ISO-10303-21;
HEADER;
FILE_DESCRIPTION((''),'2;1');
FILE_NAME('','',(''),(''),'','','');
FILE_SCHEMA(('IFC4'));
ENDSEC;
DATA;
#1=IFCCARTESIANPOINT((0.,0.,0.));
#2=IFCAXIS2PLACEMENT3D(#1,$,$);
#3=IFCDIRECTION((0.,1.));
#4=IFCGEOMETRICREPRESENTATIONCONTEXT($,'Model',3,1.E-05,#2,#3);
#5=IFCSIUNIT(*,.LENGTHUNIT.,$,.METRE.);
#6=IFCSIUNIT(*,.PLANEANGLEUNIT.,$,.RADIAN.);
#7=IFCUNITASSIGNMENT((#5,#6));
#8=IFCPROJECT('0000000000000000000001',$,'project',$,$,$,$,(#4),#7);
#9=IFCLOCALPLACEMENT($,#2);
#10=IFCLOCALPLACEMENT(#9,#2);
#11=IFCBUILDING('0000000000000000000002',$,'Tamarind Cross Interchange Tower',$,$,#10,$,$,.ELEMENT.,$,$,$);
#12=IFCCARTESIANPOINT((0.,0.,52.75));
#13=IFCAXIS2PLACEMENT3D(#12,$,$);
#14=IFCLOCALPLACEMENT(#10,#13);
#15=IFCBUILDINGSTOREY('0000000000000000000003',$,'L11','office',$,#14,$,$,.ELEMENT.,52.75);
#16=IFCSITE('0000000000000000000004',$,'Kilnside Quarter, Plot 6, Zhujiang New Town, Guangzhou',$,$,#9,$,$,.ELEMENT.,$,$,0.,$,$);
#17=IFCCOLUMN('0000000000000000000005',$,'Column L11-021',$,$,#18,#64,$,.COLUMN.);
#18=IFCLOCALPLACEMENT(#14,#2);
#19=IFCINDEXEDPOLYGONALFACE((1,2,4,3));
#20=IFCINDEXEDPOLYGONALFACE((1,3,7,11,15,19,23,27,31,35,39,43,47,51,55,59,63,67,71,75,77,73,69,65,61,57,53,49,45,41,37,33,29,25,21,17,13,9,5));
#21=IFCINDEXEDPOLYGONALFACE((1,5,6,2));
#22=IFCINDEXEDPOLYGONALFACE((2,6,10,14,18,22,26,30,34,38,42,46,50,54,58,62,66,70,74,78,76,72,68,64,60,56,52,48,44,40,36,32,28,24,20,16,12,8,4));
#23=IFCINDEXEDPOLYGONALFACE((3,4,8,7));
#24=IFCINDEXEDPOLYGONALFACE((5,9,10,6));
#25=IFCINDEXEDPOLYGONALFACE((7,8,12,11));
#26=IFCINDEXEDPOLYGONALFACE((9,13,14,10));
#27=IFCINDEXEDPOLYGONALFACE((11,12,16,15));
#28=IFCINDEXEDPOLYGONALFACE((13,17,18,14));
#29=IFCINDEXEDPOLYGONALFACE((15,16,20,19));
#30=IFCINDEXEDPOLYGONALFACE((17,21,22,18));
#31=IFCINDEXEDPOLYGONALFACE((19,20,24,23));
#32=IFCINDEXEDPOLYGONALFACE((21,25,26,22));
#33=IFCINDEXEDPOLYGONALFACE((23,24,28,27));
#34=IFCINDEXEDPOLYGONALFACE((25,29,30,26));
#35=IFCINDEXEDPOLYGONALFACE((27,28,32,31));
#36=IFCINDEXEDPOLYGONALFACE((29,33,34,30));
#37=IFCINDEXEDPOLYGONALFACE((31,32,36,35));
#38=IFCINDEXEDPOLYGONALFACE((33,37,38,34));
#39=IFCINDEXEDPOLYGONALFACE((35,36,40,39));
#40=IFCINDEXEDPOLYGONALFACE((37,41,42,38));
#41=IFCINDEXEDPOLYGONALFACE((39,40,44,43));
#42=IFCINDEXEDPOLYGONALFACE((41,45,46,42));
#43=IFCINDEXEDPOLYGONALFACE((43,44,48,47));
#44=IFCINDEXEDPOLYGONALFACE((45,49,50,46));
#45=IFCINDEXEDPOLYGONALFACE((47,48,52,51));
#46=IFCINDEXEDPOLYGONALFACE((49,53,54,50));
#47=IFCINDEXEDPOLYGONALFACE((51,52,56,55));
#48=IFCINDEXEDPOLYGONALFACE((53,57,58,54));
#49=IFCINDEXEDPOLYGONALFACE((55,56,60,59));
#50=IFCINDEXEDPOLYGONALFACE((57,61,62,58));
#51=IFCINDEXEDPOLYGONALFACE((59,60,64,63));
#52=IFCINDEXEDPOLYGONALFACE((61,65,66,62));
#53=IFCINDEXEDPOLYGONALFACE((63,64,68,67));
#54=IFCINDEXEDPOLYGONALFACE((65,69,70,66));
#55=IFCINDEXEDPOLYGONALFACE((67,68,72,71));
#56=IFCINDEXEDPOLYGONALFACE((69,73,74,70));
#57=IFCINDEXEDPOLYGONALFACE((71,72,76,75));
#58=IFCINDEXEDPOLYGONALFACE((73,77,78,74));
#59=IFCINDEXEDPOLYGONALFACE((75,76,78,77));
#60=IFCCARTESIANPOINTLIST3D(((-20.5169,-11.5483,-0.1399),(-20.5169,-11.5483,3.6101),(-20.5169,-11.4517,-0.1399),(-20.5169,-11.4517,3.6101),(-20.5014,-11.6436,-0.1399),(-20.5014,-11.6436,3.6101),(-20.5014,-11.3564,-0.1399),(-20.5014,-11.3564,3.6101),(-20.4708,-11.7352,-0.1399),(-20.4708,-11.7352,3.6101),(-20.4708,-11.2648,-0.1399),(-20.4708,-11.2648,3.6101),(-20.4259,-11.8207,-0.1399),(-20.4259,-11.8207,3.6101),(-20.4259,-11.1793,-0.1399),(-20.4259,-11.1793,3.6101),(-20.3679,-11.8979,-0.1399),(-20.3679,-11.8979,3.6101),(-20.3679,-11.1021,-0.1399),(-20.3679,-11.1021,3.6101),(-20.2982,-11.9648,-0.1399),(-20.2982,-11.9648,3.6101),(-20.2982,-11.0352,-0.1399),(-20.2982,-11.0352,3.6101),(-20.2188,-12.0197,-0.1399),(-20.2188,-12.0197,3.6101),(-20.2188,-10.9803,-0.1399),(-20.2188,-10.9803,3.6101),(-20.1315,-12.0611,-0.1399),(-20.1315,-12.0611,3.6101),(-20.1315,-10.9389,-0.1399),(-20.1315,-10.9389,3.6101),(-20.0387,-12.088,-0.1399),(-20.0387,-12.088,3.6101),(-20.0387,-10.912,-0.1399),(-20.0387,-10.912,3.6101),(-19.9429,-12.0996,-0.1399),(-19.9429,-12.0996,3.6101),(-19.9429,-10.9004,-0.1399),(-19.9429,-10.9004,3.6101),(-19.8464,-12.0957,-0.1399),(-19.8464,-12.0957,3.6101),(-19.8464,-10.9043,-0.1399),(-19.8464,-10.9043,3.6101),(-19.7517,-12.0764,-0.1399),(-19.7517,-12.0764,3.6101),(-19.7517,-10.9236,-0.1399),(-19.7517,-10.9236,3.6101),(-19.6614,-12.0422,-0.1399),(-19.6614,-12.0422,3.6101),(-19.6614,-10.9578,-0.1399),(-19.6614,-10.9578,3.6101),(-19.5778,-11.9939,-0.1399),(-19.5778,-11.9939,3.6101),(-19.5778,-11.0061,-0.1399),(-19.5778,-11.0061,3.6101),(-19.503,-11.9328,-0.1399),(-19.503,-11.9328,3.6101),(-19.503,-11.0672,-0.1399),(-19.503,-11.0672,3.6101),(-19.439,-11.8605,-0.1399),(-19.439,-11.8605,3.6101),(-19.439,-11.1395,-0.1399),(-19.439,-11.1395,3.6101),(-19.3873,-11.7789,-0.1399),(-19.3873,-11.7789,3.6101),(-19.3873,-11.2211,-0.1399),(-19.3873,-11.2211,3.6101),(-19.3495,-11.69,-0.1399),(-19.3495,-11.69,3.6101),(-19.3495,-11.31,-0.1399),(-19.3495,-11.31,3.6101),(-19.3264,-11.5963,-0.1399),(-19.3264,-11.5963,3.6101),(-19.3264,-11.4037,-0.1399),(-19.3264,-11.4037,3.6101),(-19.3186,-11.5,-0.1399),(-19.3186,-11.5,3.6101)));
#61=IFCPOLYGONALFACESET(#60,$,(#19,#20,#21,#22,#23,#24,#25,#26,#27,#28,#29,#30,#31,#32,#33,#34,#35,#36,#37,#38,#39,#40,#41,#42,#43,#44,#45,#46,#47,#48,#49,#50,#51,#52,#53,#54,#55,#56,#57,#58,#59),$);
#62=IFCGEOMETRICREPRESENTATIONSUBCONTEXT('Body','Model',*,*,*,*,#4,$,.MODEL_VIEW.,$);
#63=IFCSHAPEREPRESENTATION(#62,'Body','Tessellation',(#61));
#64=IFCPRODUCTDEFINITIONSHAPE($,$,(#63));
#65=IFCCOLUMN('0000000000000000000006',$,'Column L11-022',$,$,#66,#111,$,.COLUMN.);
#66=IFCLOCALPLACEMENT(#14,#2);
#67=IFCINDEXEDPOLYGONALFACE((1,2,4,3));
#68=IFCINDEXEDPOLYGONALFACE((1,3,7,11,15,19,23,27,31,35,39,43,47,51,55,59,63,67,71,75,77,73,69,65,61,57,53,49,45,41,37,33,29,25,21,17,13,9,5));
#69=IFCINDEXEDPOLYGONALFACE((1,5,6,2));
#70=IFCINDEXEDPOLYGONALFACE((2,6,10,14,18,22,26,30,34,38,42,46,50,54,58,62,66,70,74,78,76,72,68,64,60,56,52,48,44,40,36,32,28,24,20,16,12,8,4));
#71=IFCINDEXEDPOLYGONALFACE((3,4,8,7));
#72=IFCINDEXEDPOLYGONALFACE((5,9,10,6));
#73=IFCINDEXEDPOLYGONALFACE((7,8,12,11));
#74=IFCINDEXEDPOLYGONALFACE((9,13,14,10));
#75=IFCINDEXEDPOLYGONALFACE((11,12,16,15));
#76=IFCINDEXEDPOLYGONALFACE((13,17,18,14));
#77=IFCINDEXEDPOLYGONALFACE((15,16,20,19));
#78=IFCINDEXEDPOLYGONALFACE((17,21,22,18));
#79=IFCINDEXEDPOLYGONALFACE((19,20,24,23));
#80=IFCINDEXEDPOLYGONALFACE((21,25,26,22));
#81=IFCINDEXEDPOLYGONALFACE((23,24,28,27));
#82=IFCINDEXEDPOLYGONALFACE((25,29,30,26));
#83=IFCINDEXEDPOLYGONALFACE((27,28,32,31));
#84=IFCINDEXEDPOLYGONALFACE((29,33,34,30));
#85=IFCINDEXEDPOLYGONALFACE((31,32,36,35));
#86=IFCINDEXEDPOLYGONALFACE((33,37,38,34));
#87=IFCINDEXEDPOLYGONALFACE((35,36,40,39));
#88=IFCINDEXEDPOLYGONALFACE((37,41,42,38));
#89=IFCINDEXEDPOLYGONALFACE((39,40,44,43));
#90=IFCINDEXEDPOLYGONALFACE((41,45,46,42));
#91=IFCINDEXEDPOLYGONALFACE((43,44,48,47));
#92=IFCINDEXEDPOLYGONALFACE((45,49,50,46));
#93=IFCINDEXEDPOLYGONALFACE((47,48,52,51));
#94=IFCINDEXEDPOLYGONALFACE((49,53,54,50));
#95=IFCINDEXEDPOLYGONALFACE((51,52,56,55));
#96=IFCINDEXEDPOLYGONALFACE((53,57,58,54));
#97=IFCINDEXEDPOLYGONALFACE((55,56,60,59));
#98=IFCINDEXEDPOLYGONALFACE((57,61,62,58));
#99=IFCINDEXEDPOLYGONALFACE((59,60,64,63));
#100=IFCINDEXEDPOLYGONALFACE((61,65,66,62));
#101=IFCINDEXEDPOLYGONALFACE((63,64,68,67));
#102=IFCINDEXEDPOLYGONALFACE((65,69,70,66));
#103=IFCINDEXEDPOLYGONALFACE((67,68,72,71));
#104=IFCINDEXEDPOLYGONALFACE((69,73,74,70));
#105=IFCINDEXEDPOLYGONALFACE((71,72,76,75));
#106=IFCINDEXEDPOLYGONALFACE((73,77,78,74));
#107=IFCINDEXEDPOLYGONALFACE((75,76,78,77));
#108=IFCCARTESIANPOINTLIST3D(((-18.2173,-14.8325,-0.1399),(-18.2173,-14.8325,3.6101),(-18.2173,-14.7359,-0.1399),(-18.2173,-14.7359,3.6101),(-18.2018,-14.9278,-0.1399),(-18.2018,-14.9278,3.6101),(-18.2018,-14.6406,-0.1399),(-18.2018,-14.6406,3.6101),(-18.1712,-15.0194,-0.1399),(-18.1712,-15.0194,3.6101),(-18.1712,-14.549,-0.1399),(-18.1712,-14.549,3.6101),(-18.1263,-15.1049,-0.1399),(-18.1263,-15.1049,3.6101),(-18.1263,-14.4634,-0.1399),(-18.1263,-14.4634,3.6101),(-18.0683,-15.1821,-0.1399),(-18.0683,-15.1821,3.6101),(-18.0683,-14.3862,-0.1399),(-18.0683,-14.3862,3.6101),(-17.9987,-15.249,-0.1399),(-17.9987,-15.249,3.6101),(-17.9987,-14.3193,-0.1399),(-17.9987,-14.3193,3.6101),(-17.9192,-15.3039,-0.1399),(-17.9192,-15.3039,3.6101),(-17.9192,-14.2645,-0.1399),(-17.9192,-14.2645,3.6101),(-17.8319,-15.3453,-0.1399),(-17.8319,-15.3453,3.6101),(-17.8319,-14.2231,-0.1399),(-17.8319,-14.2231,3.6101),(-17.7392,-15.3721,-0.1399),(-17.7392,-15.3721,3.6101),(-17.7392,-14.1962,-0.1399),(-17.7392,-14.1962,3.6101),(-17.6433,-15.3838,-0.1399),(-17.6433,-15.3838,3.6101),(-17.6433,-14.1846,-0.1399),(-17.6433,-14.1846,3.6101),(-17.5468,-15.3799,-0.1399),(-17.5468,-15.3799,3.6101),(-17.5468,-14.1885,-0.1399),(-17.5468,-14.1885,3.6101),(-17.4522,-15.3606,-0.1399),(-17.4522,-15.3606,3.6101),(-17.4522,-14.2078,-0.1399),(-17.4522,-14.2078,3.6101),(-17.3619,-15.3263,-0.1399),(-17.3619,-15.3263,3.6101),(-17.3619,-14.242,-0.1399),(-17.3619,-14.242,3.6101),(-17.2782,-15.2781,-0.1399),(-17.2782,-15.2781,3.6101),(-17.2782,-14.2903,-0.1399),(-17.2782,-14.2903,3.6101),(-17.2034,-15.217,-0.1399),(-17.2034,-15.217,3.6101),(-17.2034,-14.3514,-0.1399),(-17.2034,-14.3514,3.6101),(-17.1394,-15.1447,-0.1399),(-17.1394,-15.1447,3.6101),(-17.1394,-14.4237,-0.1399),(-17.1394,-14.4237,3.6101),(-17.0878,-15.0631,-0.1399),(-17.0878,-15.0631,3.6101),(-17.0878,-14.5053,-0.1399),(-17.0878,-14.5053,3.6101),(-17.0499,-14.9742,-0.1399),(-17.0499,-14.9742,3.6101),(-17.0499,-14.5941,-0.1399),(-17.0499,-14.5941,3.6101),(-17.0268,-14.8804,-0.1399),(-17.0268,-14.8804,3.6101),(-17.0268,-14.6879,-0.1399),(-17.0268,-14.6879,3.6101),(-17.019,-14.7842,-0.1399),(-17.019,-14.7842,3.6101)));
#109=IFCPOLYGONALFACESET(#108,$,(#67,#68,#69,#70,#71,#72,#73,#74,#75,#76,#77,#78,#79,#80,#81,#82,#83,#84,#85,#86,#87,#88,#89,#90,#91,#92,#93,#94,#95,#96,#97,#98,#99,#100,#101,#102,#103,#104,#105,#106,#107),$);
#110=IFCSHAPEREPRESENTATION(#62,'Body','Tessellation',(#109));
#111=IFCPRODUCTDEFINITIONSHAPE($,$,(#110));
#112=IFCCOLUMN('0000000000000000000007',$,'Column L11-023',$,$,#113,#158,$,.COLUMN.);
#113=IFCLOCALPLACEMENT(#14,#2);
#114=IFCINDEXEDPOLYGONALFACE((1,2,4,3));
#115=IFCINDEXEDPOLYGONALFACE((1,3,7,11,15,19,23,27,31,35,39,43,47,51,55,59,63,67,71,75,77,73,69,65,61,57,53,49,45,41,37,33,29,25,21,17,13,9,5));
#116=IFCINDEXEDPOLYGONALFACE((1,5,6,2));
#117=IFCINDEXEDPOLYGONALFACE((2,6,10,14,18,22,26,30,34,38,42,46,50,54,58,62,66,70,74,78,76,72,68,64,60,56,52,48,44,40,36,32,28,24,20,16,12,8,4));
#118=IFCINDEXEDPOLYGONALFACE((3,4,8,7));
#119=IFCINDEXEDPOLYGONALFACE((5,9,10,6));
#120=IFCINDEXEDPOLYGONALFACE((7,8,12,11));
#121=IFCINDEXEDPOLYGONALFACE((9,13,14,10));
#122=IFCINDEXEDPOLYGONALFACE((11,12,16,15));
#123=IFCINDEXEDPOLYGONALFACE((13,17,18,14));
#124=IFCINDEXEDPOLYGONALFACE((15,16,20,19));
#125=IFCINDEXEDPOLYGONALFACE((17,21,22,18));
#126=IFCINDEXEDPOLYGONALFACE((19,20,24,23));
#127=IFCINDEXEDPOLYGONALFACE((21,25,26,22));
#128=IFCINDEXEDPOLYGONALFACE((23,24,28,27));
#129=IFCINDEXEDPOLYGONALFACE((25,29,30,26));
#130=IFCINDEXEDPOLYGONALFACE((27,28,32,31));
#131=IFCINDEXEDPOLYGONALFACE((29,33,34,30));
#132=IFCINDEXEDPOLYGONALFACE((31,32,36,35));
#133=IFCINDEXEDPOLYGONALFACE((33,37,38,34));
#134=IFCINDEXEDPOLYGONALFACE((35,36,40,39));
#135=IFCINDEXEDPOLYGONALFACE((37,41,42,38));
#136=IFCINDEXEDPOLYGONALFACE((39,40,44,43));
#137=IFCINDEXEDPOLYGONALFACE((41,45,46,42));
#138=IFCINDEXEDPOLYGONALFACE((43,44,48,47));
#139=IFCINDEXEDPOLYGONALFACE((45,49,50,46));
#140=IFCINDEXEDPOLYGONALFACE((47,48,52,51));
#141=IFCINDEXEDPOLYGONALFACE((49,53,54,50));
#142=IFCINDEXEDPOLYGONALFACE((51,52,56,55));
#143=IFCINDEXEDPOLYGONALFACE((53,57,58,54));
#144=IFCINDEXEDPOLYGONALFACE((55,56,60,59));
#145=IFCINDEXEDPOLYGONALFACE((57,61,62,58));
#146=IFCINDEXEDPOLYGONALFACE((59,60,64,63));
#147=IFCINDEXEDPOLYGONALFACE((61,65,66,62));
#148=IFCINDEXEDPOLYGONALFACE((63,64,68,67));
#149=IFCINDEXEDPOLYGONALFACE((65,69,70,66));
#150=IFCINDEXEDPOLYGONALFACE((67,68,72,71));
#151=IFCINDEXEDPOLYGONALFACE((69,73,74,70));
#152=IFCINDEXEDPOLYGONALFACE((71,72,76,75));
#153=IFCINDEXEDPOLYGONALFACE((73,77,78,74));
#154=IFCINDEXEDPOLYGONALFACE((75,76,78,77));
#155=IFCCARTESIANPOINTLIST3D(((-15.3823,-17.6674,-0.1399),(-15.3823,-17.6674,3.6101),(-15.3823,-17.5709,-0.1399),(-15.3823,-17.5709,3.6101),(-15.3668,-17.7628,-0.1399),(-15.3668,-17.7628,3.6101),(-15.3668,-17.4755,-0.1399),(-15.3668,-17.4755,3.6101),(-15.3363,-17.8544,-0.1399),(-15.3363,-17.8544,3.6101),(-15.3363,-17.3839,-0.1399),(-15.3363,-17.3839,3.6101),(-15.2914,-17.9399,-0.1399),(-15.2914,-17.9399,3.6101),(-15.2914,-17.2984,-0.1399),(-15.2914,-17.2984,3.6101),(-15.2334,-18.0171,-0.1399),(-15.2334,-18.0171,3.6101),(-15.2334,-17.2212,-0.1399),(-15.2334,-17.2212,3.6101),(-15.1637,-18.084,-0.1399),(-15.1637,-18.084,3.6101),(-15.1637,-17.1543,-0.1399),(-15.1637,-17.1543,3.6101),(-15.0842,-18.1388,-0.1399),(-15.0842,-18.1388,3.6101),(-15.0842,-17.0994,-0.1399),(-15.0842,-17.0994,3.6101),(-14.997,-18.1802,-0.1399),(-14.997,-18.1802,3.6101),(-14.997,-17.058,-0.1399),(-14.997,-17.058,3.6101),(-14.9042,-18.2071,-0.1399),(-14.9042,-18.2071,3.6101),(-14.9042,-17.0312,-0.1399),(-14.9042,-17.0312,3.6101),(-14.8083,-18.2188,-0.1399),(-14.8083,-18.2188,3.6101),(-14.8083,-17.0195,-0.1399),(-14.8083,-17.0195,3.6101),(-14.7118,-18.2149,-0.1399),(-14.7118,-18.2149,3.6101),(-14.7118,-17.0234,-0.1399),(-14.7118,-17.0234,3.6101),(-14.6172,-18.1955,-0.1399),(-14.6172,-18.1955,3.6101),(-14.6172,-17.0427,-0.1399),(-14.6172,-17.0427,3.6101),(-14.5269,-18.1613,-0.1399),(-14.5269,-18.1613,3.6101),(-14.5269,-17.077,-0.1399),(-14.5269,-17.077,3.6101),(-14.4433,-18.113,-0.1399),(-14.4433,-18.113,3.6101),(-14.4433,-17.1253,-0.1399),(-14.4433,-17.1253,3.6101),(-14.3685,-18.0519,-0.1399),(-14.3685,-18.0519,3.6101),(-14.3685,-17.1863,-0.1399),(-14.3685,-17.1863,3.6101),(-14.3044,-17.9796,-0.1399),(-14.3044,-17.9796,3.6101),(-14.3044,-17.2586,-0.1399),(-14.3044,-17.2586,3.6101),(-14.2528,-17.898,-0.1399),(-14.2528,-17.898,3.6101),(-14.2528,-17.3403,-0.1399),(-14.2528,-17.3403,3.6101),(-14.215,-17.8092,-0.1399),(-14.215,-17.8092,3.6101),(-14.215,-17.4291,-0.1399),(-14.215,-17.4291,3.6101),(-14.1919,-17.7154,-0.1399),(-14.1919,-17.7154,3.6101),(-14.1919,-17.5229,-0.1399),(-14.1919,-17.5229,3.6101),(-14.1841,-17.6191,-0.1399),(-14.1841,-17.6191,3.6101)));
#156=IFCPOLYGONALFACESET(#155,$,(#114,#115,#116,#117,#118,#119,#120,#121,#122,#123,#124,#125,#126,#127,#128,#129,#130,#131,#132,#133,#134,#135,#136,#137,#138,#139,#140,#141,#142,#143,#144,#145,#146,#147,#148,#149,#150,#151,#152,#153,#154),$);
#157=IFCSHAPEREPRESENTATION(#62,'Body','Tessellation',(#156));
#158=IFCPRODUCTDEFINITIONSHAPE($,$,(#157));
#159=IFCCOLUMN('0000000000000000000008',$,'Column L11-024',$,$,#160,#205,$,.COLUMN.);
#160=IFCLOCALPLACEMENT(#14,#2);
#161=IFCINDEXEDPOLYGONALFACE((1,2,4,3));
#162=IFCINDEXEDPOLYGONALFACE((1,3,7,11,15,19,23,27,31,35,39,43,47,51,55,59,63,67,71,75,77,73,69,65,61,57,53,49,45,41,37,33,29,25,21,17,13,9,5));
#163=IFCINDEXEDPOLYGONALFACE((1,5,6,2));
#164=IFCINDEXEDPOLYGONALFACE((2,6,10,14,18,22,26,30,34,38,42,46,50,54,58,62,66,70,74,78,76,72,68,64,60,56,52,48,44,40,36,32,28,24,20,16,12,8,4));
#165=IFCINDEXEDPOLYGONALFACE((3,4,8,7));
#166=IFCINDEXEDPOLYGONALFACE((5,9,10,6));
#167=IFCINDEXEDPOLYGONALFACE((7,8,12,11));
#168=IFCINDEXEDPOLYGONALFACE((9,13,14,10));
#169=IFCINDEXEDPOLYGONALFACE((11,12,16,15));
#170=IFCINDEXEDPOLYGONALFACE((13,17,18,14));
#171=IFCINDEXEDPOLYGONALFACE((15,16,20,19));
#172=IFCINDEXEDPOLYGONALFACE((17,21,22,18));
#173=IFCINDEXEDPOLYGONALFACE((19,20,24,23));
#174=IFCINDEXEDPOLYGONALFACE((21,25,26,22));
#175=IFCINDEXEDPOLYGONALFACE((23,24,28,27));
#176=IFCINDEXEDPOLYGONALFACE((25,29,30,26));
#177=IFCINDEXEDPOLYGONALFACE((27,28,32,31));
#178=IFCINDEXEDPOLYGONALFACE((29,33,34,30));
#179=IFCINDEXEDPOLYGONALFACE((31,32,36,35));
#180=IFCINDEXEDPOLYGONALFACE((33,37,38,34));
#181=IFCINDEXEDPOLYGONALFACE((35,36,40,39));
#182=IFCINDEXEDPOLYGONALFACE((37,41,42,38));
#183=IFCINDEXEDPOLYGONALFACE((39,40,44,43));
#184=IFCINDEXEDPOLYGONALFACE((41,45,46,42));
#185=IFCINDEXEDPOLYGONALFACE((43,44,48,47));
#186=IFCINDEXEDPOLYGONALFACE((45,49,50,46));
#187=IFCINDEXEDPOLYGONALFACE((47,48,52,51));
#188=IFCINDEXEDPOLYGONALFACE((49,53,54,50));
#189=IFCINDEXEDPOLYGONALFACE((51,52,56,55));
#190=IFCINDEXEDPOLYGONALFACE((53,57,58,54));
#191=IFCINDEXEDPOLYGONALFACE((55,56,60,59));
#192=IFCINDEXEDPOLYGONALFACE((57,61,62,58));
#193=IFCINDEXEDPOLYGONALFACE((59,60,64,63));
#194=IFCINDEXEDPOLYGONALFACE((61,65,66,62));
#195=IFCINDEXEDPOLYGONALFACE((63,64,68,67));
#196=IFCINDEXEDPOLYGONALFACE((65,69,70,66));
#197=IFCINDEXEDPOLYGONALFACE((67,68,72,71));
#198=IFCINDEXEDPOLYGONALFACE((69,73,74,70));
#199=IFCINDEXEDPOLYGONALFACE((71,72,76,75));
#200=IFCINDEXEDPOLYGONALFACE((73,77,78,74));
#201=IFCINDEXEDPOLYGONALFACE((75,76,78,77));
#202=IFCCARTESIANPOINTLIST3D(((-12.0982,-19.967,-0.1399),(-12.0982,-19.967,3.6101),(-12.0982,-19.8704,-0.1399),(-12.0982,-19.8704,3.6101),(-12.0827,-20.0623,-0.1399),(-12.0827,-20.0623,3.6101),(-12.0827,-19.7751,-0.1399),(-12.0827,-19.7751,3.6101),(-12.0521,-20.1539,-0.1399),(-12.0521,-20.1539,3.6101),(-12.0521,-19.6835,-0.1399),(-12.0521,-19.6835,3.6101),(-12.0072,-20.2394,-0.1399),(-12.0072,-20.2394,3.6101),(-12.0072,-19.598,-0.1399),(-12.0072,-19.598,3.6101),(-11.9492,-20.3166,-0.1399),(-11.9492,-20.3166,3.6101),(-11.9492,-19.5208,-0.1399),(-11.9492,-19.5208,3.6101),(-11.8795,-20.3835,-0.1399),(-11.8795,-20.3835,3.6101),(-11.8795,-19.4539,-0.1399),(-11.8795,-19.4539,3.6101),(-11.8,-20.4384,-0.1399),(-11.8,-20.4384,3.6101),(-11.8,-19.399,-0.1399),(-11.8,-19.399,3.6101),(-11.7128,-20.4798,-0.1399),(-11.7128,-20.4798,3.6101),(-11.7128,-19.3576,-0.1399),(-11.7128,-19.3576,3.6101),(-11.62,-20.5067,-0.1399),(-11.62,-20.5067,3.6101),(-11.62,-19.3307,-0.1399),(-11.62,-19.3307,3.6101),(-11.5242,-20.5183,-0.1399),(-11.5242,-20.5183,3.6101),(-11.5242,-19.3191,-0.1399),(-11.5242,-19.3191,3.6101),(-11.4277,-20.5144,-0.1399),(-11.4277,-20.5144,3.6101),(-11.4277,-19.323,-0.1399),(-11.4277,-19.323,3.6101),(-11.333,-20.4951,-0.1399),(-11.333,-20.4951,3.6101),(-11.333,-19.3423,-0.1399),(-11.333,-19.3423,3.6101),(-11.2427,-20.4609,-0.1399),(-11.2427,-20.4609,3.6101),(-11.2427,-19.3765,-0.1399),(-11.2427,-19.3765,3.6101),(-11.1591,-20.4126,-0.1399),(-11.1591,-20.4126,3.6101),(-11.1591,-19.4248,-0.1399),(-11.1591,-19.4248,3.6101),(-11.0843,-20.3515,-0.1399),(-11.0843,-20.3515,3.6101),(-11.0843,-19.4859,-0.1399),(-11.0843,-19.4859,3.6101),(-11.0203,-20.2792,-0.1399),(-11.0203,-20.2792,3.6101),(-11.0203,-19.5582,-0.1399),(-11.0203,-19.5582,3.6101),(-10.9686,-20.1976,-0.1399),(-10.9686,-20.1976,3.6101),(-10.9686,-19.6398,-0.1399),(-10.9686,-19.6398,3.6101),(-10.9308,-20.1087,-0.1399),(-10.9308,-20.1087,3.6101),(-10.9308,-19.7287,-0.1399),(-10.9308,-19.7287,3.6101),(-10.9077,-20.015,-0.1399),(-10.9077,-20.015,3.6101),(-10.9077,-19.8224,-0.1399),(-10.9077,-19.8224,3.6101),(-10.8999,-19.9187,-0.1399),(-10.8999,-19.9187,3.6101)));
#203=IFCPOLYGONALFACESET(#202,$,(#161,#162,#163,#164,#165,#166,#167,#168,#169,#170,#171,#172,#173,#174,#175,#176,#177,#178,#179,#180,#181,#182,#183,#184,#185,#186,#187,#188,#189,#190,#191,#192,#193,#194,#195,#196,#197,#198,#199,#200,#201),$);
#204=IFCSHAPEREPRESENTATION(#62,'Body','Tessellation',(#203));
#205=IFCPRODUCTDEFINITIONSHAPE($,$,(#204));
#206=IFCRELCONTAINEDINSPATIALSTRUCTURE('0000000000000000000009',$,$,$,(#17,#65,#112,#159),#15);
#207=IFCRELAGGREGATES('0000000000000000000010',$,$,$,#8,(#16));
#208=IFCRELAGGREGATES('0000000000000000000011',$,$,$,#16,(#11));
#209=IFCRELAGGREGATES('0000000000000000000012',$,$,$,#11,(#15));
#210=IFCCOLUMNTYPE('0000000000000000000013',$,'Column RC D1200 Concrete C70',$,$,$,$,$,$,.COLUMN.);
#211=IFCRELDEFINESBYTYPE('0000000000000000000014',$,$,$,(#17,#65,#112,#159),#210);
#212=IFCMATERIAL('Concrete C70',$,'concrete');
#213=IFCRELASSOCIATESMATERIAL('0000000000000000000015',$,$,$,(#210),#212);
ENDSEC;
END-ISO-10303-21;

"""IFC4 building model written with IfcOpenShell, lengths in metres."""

from ifc_helpers import new_model, si_unit, direction, frame, origin, origin_2d, place, context, subcontext, project, spatial, circle, extrude, material, material_profile, profile_set, type_object, element, save


model = new_model("IFC4")

# Units and contexts
model_context = context("Model", 3, precision=1e-05, world=origin(), true_north=direction((0.0, 1.0)))
body_context = subcontext(model_context, "Body", "Model", "MODEL_VIEW")
ifc_project = project(units=[si_unit("LENGTHUNIT", "METRE"), si_unit("PLANEANGLEUNIT", "RADIAN")], contexts=[model_context])

# Site, building, storey
site_placement = place(None, origin())
site = spatial("IfcSite", under=ifc_project, at=site_placement, Name="Kilnside Quarter, Plot 6, Zhujiang New Town, Guangzhou", CompositionType="ELEMENT", RefElevation=0.0)
building_placement = place(site_placement, origin())
building = spatial("IfcBuilding", under=site, at=building_placement, Name="Tamarind Cross Interchange Tower", CompositionType="ELEMENT")
storey_placement = place(building_placement, frame((0.0, 0.0, 52.75)))
storey = spatial("IfcBuildingStorey", under=building, at=storey_placement, Name="L11", Description="office", CompositionType="ELEMENT", Elevation=52.75)

# Columns
ifc_material_1 = material(Name="Concrete C70", Category="concrete")
ifc_material_profile_1 = material_profile(ifc_material_1, circle(Radius=0.6001, at=origin_2d()), Name="RC D1200")
ifc_profile_set_1 = profile_set([ifc_material_profile_1], Name="Concrete C70")
column_type = type_object("IfcColumnType", Name="Column RC D1200 Concrete C70", PredefinedType="COLUMN", material=ifc_profile_set_1)
for number, where, z_axis, x_axis, name in (
    (1, (-19.9187, -11.5, -0.1399), (0.0, 0.0, 1.0), (1.0, 0.0, 0.0), "Column L11-021"),
    (2, (-17.6191, -14.7842, -0.1399), (0.0, 0.0, 1.0), (1.0, 0.0, 0.0), "Column L11-022"),
    (3, (-14.7842, -17.6191, -0.1399), (0.0, 0.0, 1.0), (1.0, 0.0, 0.0), "Column L11-023"),
    (4, (-11.5, -19.9187, -0.1399), (0.0, 0.0, 1.0), (1.0, 0.0, 0.0), "Column L11-024"),
):
    element("IfcColumn", number, at=place(storey_placement, frame(where, z_axis=z_axis, x_axis=x_axis)), inside=storey, type_object=column_type, Name=name, PredefinedType="COLUMN", context=body_context, shape_type="SweptSolid", body=[
        extrude(circle(Radius=0.6001, at=origin_2d()), origin(), (0.0, 0.0, 1.0), 3.75),
    ])

save(model, "model.ifc")
